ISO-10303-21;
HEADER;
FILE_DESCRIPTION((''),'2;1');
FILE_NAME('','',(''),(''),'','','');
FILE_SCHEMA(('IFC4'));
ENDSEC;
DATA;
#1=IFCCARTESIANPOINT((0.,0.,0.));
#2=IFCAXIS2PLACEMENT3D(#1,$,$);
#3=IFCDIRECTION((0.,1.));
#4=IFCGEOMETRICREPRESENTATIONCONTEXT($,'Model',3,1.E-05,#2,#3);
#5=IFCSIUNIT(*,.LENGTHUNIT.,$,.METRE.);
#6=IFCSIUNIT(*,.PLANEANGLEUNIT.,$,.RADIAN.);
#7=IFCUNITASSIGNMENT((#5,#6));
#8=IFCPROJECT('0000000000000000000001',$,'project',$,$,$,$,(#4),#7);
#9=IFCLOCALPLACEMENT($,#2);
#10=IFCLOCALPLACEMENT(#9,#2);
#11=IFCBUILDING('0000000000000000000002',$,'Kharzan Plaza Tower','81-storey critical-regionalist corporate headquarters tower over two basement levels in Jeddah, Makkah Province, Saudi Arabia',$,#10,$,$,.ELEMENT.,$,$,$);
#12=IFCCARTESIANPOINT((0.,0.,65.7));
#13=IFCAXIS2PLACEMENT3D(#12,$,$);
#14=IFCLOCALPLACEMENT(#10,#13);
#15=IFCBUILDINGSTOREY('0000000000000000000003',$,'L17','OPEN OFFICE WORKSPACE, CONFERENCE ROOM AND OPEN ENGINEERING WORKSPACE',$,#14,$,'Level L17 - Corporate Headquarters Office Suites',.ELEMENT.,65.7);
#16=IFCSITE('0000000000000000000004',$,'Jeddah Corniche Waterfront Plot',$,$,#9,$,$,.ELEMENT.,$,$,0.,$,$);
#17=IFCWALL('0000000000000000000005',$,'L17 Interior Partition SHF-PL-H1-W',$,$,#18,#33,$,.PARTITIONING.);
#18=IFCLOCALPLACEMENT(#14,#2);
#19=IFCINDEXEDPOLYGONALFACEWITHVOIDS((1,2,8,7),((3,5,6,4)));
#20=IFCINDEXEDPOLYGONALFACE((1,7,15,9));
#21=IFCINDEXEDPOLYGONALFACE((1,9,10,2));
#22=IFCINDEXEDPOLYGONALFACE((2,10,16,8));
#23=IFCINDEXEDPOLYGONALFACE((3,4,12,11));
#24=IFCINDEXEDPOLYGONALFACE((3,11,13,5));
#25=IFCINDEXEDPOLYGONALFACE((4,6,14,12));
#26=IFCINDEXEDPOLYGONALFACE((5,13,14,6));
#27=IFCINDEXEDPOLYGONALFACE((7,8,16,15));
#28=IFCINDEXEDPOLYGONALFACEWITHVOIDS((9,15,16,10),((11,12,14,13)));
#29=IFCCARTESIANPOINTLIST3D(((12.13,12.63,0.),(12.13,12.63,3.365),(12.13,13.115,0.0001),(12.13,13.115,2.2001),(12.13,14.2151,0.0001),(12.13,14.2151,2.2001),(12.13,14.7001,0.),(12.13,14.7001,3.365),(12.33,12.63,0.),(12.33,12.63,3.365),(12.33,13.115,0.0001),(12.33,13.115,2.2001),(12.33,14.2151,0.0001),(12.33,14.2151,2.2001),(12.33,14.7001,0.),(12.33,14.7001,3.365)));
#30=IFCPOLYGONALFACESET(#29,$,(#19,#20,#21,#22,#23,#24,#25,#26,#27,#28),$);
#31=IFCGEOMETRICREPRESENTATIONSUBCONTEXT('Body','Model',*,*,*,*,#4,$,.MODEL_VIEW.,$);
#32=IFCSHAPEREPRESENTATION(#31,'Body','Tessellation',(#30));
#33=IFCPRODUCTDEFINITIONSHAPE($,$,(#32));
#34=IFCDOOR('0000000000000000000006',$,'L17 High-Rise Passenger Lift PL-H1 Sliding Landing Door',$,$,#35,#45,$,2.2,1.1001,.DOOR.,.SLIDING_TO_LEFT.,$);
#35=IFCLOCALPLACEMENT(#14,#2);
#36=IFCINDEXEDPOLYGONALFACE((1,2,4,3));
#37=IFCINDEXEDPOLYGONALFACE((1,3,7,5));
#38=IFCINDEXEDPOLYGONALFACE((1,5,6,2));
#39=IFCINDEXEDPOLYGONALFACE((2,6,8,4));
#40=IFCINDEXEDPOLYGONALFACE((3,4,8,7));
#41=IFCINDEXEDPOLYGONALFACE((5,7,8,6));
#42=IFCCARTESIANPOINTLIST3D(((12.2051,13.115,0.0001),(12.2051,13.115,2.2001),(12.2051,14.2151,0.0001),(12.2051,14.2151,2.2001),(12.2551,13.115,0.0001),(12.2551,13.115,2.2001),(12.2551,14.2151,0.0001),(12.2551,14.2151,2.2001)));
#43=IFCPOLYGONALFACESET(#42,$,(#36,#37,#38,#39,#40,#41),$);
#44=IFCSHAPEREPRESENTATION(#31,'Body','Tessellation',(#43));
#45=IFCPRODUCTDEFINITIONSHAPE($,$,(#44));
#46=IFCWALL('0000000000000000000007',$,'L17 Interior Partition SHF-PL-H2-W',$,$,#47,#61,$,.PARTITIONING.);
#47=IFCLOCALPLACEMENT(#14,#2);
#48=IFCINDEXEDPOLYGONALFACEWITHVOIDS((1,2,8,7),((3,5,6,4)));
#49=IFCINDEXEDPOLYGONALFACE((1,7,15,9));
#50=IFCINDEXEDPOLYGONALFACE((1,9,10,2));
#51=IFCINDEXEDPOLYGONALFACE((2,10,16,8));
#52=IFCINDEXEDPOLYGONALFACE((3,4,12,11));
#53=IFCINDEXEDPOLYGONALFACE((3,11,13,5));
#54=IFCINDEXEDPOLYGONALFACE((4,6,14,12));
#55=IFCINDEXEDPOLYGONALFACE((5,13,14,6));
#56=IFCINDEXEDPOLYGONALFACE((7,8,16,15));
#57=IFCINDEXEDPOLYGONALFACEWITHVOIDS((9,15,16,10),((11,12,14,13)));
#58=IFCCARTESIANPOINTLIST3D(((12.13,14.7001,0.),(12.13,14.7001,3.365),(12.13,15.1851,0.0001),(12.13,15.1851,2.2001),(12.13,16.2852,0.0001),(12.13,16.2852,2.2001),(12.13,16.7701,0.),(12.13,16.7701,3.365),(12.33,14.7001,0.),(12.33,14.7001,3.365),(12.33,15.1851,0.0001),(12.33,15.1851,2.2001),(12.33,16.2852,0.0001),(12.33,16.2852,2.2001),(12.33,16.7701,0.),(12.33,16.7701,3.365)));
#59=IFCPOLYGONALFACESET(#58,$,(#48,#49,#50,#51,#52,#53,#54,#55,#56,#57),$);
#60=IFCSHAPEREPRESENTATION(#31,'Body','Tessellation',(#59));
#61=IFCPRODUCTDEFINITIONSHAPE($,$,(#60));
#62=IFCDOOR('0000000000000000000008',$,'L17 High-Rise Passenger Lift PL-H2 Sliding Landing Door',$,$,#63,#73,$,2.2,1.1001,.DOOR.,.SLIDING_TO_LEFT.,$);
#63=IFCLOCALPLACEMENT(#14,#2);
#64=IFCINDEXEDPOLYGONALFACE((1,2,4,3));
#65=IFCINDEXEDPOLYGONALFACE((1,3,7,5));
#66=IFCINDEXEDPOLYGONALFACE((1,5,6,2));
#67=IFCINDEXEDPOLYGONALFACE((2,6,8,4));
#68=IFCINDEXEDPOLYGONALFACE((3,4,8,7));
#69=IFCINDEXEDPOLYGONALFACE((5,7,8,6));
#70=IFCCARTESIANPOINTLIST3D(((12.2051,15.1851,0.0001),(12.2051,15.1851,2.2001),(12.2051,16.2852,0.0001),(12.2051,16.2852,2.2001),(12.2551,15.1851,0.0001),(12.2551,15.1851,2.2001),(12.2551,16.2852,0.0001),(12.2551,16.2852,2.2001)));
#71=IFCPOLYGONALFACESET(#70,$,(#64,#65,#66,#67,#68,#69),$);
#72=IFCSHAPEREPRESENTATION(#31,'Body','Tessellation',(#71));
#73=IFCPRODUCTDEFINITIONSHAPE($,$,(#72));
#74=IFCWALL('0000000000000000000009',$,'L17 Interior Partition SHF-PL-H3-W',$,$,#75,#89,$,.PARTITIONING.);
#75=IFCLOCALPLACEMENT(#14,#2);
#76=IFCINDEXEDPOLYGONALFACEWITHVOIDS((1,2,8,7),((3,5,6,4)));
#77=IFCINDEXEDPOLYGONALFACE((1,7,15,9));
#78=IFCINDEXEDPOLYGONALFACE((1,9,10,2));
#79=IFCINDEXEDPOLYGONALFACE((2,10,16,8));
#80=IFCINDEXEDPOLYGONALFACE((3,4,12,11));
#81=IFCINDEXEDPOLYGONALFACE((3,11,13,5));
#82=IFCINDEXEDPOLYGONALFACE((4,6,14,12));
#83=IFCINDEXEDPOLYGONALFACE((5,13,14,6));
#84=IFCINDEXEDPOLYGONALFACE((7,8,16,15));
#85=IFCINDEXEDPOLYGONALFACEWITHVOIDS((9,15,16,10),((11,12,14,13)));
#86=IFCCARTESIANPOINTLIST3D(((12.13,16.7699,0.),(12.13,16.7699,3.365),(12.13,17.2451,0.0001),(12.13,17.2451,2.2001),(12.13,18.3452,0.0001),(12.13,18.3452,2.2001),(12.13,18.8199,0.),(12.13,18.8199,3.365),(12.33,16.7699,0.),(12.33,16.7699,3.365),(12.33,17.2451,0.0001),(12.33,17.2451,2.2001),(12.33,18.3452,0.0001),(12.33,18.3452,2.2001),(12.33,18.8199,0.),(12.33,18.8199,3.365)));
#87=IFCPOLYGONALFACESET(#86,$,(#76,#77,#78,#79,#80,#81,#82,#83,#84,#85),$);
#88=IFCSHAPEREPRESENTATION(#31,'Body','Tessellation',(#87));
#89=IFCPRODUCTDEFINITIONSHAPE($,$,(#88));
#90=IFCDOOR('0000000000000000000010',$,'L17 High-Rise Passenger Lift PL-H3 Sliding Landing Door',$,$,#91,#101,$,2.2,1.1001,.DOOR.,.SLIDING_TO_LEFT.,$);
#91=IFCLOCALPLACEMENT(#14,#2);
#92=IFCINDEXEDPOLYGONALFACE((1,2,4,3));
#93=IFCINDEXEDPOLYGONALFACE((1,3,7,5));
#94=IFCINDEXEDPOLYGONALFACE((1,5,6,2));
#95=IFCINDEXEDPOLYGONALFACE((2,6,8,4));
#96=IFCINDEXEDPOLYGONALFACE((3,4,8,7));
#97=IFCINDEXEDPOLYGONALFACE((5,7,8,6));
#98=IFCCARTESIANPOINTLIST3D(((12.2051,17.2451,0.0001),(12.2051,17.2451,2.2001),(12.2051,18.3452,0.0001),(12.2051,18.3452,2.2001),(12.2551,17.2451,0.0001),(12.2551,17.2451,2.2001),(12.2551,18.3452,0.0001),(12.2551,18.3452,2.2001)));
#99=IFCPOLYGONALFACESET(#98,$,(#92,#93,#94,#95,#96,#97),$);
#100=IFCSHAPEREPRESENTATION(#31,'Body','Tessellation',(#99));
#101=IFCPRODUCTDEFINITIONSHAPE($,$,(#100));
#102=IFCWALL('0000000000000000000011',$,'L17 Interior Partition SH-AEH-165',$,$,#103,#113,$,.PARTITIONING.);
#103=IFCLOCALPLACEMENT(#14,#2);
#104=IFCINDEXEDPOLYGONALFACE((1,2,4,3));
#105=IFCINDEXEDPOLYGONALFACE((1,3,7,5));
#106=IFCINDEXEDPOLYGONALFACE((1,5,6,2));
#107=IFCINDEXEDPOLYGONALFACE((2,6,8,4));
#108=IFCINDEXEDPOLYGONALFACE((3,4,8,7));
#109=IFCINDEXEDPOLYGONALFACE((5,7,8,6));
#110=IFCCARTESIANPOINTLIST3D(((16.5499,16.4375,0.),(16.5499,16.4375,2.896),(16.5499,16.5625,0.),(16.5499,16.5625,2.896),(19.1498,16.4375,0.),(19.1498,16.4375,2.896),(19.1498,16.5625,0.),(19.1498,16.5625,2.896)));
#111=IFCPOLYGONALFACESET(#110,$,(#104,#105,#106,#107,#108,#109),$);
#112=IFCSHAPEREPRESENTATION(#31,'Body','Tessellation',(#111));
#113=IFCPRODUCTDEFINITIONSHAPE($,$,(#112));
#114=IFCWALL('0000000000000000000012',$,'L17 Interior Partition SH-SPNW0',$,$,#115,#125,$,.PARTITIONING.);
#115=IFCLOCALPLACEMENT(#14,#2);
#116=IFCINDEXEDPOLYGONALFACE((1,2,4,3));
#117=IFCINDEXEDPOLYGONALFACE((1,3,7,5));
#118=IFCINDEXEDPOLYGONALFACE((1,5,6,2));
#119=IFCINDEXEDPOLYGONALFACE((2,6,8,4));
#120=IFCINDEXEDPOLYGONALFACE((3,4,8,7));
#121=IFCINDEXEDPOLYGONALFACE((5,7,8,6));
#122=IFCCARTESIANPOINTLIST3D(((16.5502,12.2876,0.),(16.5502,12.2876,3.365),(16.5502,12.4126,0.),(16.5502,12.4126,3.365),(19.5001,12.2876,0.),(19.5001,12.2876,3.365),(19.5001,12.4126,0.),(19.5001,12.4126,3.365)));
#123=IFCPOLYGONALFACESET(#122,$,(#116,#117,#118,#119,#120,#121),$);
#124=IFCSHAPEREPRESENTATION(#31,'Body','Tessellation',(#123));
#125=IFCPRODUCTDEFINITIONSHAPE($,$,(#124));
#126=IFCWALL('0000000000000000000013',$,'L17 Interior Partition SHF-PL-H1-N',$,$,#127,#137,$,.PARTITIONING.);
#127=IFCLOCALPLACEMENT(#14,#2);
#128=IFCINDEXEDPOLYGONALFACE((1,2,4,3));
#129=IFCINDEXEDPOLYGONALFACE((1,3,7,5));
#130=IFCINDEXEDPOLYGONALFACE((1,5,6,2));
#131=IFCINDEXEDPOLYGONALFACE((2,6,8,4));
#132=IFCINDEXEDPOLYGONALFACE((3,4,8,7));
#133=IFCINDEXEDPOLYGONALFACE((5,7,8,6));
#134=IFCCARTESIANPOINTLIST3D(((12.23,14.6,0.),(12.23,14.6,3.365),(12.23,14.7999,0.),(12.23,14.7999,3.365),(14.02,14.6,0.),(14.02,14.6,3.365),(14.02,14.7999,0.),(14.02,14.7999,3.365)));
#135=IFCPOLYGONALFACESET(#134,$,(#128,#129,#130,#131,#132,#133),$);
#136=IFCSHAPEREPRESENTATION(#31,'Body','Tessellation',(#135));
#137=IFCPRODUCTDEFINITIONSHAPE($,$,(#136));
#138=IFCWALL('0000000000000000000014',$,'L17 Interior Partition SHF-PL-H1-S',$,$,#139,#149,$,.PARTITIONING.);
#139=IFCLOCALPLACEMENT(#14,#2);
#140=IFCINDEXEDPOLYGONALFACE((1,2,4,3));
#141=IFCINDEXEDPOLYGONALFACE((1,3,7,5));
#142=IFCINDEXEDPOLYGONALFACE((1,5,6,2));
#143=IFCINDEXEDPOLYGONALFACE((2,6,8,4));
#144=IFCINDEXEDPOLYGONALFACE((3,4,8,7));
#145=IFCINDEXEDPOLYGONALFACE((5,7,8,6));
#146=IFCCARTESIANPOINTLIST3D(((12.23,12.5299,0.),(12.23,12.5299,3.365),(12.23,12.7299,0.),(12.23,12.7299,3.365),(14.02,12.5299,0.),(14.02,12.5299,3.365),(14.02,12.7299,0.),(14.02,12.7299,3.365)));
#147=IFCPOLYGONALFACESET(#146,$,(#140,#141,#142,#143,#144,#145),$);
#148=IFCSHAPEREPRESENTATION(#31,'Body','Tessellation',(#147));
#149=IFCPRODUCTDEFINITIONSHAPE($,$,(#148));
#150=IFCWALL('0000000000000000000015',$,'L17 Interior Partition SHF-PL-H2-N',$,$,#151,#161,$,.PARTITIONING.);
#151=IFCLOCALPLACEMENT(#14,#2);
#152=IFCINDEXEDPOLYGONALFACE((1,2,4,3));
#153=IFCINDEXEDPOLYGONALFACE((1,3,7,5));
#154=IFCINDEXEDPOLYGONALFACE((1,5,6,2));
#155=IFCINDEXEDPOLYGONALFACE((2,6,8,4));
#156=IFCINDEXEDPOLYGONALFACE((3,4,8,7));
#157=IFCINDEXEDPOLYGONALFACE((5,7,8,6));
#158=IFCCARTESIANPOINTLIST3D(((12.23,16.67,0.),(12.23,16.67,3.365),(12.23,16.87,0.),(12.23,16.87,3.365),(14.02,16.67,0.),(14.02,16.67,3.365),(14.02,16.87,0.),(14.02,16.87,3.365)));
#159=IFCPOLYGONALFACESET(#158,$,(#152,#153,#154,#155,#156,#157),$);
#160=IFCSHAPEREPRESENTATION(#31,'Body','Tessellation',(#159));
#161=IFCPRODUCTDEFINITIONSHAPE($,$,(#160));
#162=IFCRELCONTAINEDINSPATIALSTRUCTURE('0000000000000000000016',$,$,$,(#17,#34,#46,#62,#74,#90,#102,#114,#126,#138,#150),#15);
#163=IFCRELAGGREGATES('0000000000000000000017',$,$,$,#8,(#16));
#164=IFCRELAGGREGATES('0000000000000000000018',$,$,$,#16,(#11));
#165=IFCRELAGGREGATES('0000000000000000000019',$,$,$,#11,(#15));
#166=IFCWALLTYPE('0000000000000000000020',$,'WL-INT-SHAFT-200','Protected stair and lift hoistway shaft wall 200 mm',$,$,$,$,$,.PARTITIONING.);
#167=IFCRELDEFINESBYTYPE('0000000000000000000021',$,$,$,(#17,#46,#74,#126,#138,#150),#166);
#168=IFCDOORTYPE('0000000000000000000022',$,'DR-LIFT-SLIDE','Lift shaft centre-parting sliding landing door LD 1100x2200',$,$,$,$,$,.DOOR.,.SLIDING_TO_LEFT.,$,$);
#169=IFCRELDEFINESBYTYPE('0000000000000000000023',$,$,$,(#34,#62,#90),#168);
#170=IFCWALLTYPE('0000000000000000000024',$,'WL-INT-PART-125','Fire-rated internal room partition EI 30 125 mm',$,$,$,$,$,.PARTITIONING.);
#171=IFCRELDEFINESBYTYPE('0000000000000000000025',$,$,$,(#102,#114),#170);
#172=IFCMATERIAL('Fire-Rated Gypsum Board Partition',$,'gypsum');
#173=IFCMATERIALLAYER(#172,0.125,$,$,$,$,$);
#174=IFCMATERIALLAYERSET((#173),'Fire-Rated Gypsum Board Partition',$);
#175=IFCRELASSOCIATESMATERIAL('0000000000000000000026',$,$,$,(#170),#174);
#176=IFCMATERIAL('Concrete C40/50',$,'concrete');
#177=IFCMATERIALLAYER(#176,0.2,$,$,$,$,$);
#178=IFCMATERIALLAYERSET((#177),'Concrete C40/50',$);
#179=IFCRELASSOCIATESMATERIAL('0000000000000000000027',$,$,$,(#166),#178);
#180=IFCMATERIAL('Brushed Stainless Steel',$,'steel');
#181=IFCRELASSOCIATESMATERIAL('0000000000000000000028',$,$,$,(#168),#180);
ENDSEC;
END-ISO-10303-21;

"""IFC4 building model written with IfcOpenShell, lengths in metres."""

from ifc_helpers import new_model, si_unit, direction, frame, frame_2d, origin, place, context, subcontext, project, spatial, rectangle, extrude, source, transform, mapped, material, layer, layer_set, type_object, element, fill, save


model = new_model("IFC4")

# Units and contexts
model_context = context("Model", 3, precision=1e-05, world=origin(), true_north=direction((0.0, 1.0)))
body_context = subcontext(model_context, "Body", "Model", "MODEL_VIEW")
ifc_project = project(units=[si_unit("LENGTHUNIT", "METRE"), si_unit("PLANEANGLEUNIT", "RADIAN")], contexts=[model_context])

# Site, building, storey
site_placement = place(None, origin())
site = spatial("IfcSite", under=ifc_project, at=site_placement, Name="Jeddah Corniche Waterfront Plot", CompositionType="ELEMENT", RefElevation=0.0)
building_placement = place(site_placement, origin())
building = spatial("IfcBuilding", under=site, at=building_placement, Name="Kharzan Plaza Tower", Description="81-storey critical-regionalist corporate headquarters tower over two basement levels in Jeddah, Makkah Province, Saudi Arabia", CompositionType="ELEMENT")
storey_placement = place(building_placement, frame((0.0, 0.0, 65.7)))
storey = spatial("IfcBuildingStorey", under=building, at=storey_placement, Name="L17", Description="OPEN OFFICE WORKSPACE, CONFERENCE ROOM AND OPEN ENGINEERING WORKSPACE", LongName="Level L17 - Corporate Headquarters Office Suites", CompositionType="ELEMENT", Elevation=65.7)

# Walls, openings, doors
ifc_material_1 = material(Name="Fire-Rated Gypsum Board Partition", Category="gypsum")
ifc_layer_1 = layer(ifc_material_1, 0.125)
ifc_layer_set_1 = layer_set([ifc_layer_1], Name="Fire-Rated Gypsum Board Partition")
wall_type_1 = type_object("IfcWallType", Name="WL-INT-PART-125", Description="Fire-rated internal room partition EI 30 125 mm", PredefinedType="PARTITIONING", material=ifc_layer_set_1)
ifc_material_2 = material(Name="Concrete C40/50", Category="concrete")
ifc_layer_2 = layer(ifc_material_2, 0.2)
ifc_layer_set_2 = layer_set([ifc_layer_2], Name="Concrete C40/50")
wall_type_2 = type_object("IfcWallType", Name="WL-INT-SHAFT-200", Description="Protected stair and lift hoistway shaft wall 200 mm", PredefinedType="PARTITIONING", material=ifc_layer_set_2)
wall_1_placement = place(storey_placement, frame((12.23, 12.6299, 0.0), z_axis=(0.0, 0.0, 1.0), x_axis=(0.0, 1.0, 0.0)))
wall_1 = element("IfcWall", 1, at=wall_1_placement, inside=storey, type_object=wall_type_2, Name="L17 Interior Partition SHF-PL-H1-W", PredefinedType="PARTITIONING", context=body_context, shape_type="SweptSolid", body=[
    extrude(rectangle(XDim=2.0701, YDim=0.2, at=frame_2d((1.0352, 0.0))), origin(), (0.0, 0.0, 1.0), 3.365),
])
opening_1_placement = place(wall_1_placement, frame((0.4851, 0.0, 0.0)))
opening_1 = element("IfcOpeningElement", 2, at=opening_1_placement, cuts=wall_1, PredefinedType="OPENING", context=body_context, shape_type="SweptSolid", body=[
    extrude(rectangle(XDim=1.1001, YDim=2.2, at=frame_2d((0.55, 1.1001))), frame((0.0, 0.1099, 0.0), z_axis=(0.0, -1.0, 0.0), x_axis=(1.0, 0.0, 0.0)), (0.0, 0.0, 1.0), 0.22),
])
ifc_material_3 = material(Name="Brushed Stainless Steel", Category="steel")
door_type_1 = type_object("IfcDoorType", Name="DR-LIFT-SLIDE", Description="Lift shaft centre-parting sliding landing door LD 1100x2200", OperationType="SLIDING_TO_LEFT", PredefinedType="DOOR", material=ifc_material_3)
shared_shape_1 = source(origin(), body_context, "Body", "SweptSolid", [
    extrude(rectangle(XDim=1.1001, YDim=2.2, at=frame_2d((0.55, 1.1001))), frame((0.0, 0.0249, 0.0), z_axis=(0.0, -1.0, 0.0), x_axis=(1.0, 0.0, 0.0)), (0.0, 0.0, 1.0), 0.05),
])
door_1_placement = place(opening_1_placement, origin())
door_1 = element("IfcDoor", 3, at=door_1_placement, inside=storey, type_object=door_type_1, Name="L17 High-Rise Passenger Lift PL-H1 Sliding Landing Door", OperationType="SLIDING_TO_LEFT", OverallHeight=2.2, OverallWidth=1.1001, PredefinedType="DOOR", context=body_context, shape_type="MappedRepresentation", body=[
    mapped(shared_shape_1, transform((0.0, 0.0, 0.0), x_axis=(1.0, 0.0, 0.0), y_axis=(0.0, 1.0, 0.0), z_axis=(0.0, 0.0, 1.0))),
])
fill(opening_1, door_1)
wall_2_placement = place(storey_placement, frame((12.23, 14.7, 0.0), z_axis=(0.0, 0.0, 1.0), x_axis=(0.0, 1.0, 0.0)))
wall_2 = element("IfcWall", 4, at=wall_2_placement, inside=storey, type_object=wall_type_2, Name="L17 Interior Partition SHF-PL-H2-W", PredefinedType="PARTITIONING", context=body_context, shape_type="SweptSolid", body=[
    extrude(rectangle(XDim=2.0701, YDim=0.2, at=frame_2d((1.0352, 0.0))), origin(), (0.0, 0.0, 1.0), 3.365),
])
opening_2_placement = place(wall_2_placement, frame((0.4851, 0.0, 0.0)))
opening_2 = element("IfcOpeningElement", 5, at=opening_2_placement, cuts=wall_2, PredefinedType="OPENING", context=body_context, shape_type="SweptSolid", body=[
    extrude(rectangle(XDim=1.1001, YDim=2.2, at=frame_2d((0.55, 1.1001))), frame((0.0, 0.1099, 0.0), z_axis=(0.0, -1.0, 0.0), x_axis=(1.0, 0.0, 0.0)), (0.0, 0.0, 1.0), 0.22),
])
door_2_placement = place(opening_2_placement, origin())
door_2 = element("IfcDoor", 6, at=door_2_placement, inside=storey, type_object=door_type_1, Name="L17 High-Rise Passenger Lift PL-H2 Sliding Landing Door", OperationType="SLIDING_TO_LEFT", OverallHeight=2.2, OverallWidth=1.1001, PredefinedType="DOOR", context=body_context, shape_type="MappedRepresentation", body=[
    mapped(shared_shape_1, transform((0.0, 0.0, 0.0), x_axis=(1.0, 0.0, 0.0), y_axis=(0.0, 1.0, 0.0), z_axis=(0.0, 0.0, 1.0))),
])
fill(opening_2, door_2)
wall_3_placement = place(storey_placement, frame((12.23, 16.77, 0.0), z_axis=(0.0, 0.0, 1.0), x_axis=(0.0, 1.0, 0.0)))
wall_3 = element("IfcWall", 7, at=wall_3_placement, inside=storey, type_object=wall_type_2, Name="L17 Interior Partition SHF-PL-H3-W", PredefinedType="PARTITIONING", context=body_context, shape_type="SweptSolid", body=[
    extrude(rectangle(XDim=2.05, YDim=0.2, at=frame_2d((1.0249, 0.0))), origin(), (0.0, 0.0, 1.0), 3.365),
])
opening_3_placement = place(wall_3_placement, frame((0.4751, 0.0, 0.0)))
opening_3 = element("IfcOpeningElement", 8, at=opening_3_placement, cuts=wall_3, PredefinedType="OPENING", context=body_context, shape_type="SweptSolid", body=[
    extrude(rectangle(XDim=1.1001, YDim=2.2, at=frame_2d((0.55, 1.1001))), frame((0.0, 0.1099, 0.0), z_axis=(0.0, -1.0, 0.0), x_axis=(1.0, 0.0, 0.0)), (0.0, 0.0, 1.0), 0.22),
])
door_3_placement = place(opening_3_placement, origin())
door_3 = element("IfcDoor", 9, at=door_3_placement, inside=storey, type_object=door_type_1, Name="L17 High-Rise Passenger Lift PL-H3 Sliding Landing Door", OperationType="SLIDING_TO_LEFT", OverallHeight=2.2, OverallWidth=1.1001, PredefinedType="DOOR", context=body_context, shape_type="MappedRepresentation", body=[
    mapped(shared_shape_1, transform((0.0, 0.0, 0.0), x_axis=(1.0, 0.0, 0.0), y_axis=(0.0, 1.0, 0.0), z_axis=(0.0, 0.0, 1.0))),
])
fill(opening_3, door_3)

# Walls
shared_shape_2 = source(origin(), body_context, "Body", "SweptSolid", [
    extrude(rectangle(XDim=2.5999, YDim=0.125, at=frame_2d((1.2998, 0.0))), origin(), (0.0, 0.0, 1.0), 2.896),
])
wall_4_placement = place(storey_placement, frame((16.55, 16.5, 0.0), z_axis=(0.0, 0.0, 1.0), x_axis=(1.0, 0.0, 0.0)))
element("IfcWall", 10, at=wall_4_placement, inside=storey, type_object=wall_type_1, Name="L17 Interior Partition SH-AEH-165", PredefinedType="PARTITIONING", context=body_context, shape_type="MappedRepresentation", body=[
    mapped(shared_shape_2, transform((0.0, 0.0, 0.0), x_axis=(1.0, 0.0, 0.0), y_axis=(0.0, 1.0, 0.0), z_axis=(0.0, 0.0, 1.0))),
])
shared_shape_3 = source(origin(), body_context, "Body", "SweptSolid", [
    extrude(rectangle(XDim=2.95, YDim=0.125, at=frame_2d((1.4751, 0.0))), origin(), (0.0, 0.0, 1.0), 3.365),
])
wall_5_placement = place(storey_placement, frame((16.55, 12.3501, 0.0), z_axis=(0.0, 0.0, 1.0), x_axis=(1.0, 0.0, 0.0)))
element("IfcWall", 11, at=wall_5_placement, inside=storey, type_object=wall_type_1, Name="L17 Interior Partition SH-SPNW0", PredefinedType="PARTITIONING", context=body_context, shape_type="MappedRepresentation", body=[
    mapped(shared_shape_3, transform((0.0, 0.0, 0.0), x_axis=(1.0, 0.0, 0.0), y_axis=(0.0, 1.0, 0.0), z_axis=(0.0, 0.0, 1.0))),
])
shared_shape_4 = source(origin(), body_context, "Body", "SweptSolid", [
    extrude(rectangle(XDim=1.79, YDim=0.2, at=frame_2d((0.895, 0.0))), origin(), (0.0, 0.0, 1.0), 3.365),
])
for number, where, z_axis, x_axis, name in (
    (12, (12.23, 14.7, 0.0), (0.0, 0.0, 1.0), (1.0, 0.0, 0.0), "L17 Interior Partition SHF-PL-H1-N"),
    (13, (12.23, 12.6299, 0.0), (0.0, 0.0, 1.0), (1.0, 0.0, 0.0), "L17 Interior Partition SHF-PL-H1-S"),
    (14, (12.23, 16.77, 0.0), (0.0, 0.0, 1.0), (1.0, 0.0, 0.0), "L17 Interior Partition SHF-PL-H2-N"),
):
    element("IfcWall", number, at=place(storey_placement, frame(where, z_axis=z_axis, x_axis=x_axis)), inside=storey, type_object=wall_type_2, Name=name, PredefinedType="PARTITIONING", context=body_context, shape_type="MappedRepresentation", body=[
        mapped(shared_shape_4, transform((0.0, 0.0, 0.0), x_axis=(1.0, 0.0, 0.0), y_axis=(0.0, 1.0, 0.0), z_axis=(0.0, 0.0, 1.0))),
    ])

save(model, "model.ifc")
